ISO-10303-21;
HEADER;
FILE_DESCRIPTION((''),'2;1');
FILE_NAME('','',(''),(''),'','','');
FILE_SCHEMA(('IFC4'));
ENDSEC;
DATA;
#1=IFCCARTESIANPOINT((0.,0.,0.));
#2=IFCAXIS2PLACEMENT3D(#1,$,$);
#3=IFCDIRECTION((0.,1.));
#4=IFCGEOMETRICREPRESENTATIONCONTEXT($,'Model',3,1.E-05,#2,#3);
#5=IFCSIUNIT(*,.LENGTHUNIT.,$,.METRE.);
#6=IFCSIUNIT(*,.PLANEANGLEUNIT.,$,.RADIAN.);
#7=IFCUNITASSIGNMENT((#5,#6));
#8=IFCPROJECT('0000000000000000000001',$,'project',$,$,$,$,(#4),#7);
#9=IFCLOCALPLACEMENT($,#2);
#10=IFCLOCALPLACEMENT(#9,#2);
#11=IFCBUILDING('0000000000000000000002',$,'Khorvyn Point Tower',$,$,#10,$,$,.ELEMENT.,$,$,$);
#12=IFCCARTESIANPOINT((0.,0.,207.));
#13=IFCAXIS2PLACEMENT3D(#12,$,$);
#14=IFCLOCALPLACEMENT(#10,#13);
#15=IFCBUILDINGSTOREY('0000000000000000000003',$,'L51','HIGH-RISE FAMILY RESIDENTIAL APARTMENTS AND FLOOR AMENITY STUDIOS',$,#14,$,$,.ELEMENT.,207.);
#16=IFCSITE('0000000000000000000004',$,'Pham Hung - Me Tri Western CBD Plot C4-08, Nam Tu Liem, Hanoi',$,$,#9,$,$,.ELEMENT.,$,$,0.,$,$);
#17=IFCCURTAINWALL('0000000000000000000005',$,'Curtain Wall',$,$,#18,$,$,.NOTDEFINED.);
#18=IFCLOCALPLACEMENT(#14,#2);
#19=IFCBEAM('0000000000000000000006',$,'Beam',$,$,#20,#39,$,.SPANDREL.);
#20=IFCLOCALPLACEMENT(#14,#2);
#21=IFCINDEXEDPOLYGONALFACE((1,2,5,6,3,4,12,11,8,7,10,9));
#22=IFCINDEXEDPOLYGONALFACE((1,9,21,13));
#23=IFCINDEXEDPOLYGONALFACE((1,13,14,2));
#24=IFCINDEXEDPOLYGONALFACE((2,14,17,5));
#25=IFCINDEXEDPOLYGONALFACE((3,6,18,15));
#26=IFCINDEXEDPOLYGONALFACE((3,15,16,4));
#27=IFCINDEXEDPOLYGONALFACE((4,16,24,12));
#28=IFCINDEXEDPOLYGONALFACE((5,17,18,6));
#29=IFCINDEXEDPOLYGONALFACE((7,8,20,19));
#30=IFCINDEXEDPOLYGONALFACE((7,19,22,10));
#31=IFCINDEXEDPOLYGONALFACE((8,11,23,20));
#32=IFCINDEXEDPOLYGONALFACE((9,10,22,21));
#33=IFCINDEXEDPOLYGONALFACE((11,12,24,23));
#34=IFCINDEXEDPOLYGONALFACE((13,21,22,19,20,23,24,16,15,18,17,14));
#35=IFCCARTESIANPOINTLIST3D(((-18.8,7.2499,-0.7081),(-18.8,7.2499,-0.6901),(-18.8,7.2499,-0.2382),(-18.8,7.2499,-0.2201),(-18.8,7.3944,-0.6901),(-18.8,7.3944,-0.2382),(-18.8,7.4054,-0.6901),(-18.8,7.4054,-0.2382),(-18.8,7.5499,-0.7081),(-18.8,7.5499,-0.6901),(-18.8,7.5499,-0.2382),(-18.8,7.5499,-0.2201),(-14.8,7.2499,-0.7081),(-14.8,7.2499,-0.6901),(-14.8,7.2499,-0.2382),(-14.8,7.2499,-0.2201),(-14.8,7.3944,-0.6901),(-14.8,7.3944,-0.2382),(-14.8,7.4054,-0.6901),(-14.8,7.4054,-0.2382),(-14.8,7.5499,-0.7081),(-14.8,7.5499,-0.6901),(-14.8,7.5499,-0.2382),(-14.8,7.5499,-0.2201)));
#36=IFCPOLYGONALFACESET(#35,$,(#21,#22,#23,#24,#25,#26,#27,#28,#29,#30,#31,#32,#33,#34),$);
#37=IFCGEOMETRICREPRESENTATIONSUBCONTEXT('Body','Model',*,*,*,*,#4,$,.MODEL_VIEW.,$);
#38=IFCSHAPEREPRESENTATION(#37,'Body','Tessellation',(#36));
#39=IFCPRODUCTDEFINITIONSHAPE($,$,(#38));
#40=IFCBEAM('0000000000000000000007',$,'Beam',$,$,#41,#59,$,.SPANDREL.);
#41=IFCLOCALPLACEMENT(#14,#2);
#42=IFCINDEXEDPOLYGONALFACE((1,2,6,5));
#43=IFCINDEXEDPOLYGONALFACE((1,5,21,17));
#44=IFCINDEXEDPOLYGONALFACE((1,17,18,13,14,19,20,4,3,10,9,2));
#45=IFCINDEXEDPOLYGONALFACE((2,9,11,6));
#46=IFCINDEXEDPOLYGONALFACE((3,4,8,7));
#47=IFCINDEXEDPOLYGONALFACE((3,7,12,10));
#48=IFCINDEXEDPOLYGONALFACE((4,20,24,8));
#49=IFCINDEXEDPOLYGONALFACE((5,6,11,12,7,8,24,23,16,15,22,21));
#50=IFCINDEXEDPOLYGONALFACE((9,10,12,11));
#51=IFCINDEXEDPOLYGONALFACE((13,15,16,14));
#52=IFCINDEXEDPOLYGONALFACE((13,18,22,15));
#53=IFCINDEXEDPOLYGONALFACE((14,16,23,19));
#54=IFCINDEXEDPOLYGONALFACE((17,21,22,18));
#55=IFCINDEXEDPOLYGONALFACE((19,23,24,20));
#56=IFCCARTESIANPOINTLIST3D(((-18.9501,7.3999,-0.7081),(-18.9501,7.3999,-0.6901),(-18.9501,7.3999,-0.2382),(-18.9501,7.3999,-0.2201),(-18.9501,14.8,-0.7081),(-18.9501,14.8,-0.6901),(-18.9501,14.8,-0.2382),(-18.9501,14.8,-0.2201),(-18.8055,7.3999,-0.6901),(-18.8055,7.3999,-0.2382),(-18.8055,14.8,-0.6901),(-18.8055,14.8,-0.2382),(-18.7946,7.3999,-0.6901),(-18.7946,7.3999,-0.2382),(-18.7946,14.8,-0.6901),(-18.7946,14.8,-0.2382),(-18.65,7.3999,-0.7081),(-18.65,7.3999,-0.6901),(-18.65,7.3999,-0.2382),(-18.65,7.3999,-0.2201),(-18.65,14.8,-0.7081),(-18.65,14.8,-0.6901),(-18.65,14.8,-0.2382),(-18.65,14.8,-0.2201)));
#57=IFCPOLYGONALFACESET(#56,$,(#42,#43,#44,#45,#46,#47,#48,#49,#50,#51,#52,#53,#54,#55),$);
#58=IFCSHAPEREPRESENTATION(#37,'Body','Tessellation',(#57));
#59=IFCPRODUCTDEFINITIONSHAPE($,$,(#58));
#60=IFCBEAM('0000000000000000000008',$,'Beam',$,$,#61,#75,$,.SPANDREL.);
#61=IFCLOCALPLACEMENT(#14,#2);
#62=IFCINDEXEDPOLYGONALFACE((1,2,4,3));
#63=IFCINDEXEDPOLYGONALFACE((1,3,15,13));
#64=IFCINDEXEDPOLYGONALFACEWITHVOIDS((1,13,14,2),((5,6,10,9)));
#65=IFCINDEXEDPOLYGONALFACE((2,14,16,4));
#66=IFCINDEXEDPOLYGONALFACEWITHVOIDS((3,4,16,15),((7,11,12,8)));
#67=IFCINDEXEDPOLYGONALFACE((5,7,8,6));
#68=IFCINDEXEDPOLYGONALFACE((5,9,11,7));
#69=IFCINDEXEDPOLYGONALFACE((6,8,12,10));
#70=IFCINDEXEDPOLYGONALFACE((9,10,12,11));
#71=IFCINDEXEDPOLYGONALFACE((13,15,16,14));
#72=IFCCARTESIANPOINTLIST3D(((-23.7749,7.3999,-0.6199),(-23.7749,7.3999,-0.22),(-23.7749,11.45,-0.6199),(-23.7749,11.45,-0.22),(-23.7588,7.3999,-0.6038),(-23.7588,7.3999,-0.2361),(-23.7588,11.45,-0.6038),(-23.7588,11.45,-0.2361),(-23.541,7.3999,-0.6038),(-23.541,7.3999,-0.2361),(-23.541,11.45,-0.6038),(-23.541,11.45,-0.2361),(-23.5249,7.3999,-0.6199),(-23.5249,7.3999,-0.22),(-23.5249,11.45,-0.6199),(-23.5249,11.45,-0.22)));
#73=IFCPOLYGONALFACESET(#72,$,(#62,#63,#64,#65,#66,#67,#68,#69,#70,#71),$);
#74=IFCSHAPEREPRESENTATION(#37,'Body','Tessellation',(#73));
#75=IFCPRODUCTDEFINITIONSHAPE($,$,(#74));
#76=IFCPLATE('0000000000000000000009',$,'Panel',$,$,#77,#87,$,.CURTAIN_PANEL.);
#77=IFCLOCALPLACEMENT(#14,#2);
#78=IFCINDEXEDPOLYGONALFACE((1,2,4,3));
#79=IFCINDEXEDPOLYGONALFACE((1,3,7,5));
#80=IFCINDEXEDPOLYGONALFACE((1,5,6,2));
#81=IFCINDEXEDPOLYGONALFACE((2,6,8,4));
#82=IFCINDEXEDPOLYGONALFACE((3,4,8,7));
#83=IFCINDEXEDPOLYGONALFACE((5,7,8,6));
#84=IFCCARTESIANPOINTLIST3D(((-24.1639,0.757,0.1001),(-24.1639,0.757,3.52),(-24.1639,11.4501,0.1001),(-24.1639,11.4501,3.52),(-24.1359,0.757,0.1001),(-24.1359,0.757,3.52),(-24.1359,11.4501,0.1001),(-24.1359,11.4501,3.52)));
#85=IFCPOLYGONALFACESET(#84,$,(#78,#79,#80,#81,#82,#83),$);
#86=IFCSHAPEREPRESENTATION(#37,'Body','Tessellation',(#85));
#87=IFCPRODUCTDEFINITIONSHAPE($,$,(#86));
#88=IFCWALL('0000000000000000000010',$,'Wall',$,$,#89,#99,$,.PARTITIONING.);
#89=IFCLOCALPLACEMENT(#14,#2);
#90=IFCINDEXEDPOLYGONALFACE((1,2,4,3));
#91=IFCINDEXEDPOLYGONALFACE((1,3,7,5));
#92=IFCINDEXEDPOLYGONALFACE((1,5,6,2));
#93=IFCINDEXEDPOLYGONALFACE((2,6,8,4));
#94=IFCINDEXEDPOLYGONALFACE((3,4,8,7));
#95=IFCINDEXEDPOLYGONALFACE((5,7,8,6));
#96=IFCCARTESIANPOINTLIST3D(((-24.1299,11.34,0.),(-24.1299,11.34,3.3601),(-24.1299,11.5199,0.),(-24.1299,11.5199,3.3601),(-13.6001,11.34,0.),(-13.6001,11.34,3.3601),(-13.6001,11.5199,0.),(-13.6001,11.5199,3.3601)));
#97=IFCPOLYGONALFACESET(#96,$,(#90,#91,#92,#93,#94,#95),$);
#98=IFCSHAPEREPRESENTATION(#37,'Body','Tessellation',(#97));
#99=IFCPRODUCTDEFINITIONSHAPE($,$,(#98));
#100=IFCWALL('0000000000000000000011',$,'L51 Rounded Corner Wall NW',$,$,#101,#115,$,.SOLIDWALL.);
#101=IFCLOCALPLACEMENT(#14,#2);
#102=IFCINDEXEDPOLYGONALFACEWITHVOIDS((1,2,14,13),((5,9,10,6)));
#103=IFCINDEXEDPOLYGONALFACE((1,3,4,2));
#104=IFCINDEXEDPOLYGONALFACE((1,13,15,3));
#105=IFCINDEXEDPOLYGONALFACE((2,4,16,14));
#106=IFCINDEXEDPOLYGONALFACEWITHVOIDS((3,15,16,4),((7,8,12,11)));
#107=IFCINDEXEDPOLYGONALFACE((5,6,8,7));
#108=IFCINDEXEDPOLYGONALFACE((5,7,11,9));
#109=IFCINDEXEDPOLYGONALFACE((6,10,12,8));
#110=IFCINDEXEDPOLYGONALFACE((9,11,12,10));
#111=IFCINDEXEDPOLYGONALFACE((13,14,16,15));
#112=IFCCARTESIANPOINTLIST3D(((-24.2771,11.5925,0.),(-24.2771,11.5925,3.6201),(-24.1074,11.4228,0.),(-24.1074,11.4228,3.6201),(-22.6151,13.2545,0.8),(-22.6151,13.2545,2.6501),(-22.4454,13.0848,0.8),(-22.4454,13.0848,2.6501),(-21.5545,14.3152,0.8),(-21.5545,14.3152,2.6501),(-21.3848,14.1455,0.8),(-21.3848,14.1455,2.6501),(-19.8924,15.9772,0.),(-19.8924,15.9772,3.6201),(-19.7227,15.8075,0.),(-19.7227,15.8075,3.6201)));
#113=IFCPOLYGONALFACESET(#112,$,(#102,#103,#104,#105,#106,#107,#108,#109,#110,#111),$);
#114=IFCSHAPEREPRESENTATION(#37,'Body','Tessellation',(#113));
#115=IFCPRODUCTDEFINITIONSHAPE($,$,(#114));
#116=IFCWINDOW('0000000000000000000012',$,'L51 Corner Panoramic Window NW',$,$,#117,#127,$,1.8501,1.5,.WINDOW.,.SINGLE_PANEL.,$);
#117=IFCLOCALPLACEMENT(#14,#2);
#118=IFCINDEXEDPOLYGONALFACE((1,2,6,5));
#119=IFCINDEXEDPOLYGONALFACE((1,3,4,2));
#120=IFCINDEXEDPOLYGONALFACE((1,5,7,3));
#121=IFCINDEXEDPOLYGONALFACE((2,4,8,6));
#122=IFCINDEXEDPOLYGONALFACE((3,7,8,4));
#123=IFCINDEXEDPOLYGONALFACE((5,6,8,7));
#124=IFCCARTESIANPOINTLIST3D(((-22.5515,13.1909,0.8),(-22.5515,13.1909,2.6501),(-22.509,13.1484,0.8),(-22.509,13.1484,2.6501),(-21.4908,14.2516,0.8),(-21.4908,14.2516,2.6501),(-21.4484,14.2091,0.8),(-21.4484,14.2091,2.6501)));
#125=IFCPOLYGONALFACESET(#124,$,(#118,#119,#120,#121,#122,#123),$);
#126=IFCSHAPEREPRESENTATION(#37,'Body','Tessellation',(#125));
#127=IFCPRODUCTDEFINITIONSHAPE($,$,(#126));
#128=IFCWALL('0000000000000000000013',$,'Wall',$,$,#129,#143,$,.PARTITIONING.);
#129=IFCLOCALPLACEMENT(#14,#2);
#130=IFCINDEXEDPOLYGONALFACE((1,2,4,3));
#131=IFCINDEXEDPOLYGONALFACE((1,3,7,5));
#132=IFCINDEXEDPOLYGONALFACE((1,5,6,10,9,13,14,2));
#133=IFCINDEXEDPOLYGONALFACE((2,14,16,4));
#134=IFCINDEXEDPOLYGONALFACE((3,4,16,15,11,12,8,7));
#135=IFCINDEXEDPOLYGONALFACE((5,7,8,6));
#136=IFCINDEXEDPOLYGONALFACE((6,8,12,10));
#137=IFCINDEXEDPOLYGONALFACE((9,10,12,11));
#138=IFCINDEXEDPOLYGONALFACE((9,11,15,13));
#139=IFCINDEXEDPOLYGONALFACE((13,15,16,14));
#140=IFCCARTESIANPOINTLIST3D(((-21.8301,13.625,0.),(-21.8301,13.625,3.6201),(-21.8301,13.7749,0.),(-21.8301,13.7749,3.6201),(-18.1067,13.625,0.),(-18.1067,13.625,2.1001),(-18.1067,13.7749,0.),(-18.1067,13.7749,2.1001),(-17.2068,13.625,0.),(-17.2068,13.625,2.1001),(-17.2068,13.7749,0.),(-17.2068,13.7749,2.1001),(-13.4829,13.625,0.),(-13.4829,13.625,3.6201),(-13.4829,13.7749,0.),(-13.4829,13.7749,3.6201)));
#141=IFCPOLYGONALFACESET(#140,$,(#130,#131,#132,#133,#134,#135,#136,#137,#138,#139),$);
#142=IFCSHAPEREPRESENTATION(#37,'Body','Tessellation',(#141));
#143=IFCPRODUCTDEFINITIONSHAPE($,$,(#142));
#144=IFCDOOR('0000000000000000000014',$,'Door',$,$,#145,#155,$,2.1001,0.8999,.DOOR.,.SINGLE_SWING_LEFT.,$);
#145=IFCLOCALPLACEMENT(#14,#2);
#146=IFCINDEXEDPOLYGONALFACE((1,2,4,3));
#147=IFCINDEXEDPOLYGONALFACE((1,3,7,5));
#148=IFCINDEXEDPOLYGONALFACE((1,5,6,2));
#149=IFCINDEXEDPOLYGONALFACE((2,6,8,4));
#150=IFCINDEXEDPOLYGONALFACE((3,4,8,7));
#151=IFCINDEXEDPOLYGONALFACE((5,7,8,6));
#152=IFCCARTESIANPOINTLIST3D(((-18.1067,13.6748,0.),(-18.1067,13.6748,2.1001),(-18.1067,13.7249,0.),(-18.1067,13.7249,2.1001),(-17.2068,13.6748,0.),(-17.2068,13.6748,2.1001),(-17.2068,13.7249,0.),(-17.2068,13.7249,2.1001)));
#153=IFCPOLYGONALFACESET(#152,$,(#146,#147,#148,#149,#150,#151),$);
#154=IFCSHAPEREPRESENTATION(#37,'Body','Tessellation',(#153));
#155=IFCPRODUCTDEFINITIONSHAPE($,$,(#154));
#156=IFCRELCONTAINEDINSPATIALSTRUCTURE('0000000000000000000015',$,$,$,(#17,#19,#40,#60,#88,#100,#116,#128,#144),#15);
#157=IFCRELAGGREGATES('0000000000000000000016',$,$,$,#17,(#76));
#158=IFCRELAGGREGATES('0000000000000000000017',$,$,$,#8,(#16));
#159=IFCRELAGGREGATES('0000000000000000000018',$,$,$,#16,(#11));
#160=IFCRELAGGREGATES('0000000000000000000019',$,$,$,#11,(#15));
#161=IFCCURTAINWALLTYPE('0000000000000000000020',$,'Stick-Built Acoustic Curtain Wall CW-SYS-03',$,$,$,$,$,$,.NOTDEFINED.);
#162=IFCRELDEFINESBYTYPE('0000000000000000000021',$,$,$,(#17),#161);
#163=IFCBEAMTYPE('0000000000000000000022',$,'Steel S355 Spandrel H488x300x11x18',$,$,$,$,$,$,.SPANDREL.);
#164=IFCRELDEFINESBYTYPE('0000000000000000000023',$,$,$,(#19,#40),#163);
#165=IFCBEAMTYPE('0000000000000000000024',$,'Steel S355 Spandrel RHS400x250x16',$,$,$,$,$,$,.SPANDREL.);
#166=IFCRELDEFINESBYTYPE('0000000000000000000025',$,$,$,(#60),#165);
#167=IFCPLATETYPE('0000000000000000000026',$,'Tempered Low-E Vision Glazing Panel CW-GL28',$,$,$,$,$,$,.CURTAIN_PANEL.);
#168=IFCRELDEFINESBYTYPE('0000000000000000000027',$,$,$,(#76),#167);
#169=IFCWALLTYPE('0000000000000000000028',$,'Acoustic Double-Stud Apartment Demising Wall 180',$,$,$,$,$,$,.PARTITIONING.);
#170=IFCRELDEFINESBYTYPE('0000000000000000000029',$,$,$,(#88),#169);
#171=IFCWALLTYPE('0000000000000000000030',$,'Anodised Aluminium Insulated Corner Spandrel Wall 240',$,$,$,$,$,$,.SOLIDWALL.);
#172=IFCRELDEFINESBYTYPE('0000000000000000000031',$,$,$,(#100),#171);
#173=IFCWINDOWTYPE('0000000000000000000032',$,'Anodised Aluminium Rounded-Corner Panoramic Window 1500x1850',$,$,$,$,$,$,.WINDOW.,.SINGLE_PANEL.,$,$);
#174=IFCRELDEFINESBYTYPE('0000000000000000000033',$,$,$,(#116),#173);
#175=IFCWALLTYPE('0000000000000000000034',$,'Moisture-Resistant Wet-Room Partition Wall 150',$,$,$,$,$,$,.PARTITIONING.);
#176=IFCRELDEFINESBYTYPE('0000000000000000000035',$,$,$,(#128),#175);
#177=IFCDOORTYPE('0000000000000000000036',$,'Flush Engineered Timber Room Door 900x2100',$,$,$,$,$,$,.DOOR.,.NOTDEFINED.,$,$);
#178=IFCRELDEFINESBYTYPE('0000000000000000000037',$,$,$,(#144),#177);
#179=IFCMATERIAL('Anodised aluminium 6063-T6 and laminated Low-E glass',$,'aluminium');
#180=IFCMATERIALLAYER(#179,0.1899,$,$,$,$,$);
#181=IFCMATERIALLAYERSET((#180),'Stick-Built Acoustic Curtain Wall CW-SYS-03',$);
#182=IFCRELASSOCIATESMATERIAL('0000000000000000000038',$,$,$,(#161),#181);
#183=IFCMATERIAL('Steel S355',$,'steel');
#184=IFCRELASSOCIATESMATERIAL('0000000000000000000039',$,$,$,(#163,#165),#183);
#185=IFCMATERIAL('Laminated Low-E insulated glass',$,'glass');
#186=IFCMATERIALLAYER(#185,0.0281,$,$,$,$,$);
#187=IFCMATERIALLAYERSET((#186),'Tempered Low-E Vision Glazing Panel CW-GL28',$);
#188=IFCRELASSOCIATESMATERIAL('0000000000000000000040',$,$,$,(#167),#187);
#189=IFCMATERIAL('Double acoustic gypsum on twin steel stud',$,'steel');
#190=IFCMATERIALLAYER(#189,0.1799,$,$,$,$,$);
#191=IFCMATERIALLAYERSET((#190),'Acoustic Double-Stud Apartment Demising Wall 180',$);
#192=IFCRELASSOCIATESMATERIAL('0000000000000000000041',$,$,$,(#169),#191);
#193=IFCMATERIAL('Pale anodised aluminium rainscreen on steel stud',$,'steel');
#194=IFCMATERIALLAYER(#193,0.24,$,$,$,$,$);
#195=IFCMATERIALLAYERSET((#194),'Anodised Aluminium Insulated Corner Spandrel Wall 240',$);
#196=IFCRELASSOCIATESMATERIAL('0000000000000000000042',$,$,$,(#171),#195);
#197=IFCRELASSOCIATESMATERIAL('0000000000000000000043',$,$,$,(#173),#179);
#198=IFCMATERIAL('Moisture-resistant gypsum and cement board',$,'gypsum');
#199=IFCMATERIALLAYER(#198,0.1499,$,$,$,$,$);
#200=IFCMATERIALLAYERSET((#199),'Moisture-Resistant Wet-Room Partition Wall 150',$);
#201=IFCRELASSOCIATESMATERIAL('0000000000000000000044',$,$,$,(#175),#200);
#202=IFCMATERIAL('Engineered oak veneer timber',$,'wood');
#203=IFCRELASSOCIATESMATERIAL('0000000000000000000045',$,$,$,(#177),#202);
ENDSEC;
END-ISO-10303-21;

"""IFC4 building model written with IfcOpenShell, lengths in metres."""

from ifc_helpers import new_model, si_unit, direction, frame, frame_2d, origin, origin_2d, place, context, subcontext, project, spatial, rectangle, hollow_rectangle, i_section, extrude, material, layer, layer_set, material_profile, profile_set, type_object, element, fill, aggregate, save


model = new_model("IFC4")

# Units and contexts
model_context = context("Model", 3, precision=1e-05, world=origin(), true_north=direction((0.0, 1.0)))
body_context = subcontext(model_context, "Body", "Model", "MODEL_VIEW")
ifc_project = project(units=[si_unit("LENGTHUNIT", "METRE"), si_unit("PLANEANGLEUNIT", "RADIAN")], contexts=[model_context])

# Site, building, storey
site_placement = place(None, origin())
site = spatial("IfcSite", under=ifc_project, at=site_placement, Name="Pham Hung - Me Tri Western CBD Plot C4-08, Nam Tu Liem, Hanoi", CompositionType="ELEMENT", RefElevation=0.0)
building_placement = place(site_placement, origin())
building = spatial("IfcBuilding", under=site, at=building_placement, Name="Khorvyn Point Tower", CompositionType="ELEMENT")
storey_placement = place(building_placement, frame((0.0, 0.0, 207.0)))
storey = spatial("IfcBuildingStorey", under=building, at=storey_placement, Name="L51", Description="HIGH-RISE FAMILY RESIDENTIAL APARTMENTS AND FLOOR AMENITY STUDIOS", CompositionType="ELEMENT", Elevation=207.0)

# Curtain wall
ifc_material_1 = material(Name="Anodised aluminium 6063-T6 and laminated Low-E glass", Category="aluminium")
ifc_layer_1 = layer(ifc_material_1, 0.1899)
ifc_layer_set_1 = layer_set([ifc_layer_1], Name="Stick-Built Acoustic Curtain Wall CW-SYS-03")
curtain_wall_type = type_object("IfcCurtainWallType", Name="Stick-Built Acoustic Curtain Wall CW-SYS-03", PredefinedType="NOTDEFINED", material=ifc_layer_set_1)
curtain_wall_1_placement = place(storey_placement, origin())
curtain_wall_1 = element("IfcCurtainWall", 1, at=curtain_wall_1_placement, inside=storey, type_object=curtain_wall_type, Name="Curtain Wall", PredefinedType="NOTDEFINED")

# Beams
ifc_material_2 = material(Name="Steel S355", Category="steel")
ifc_material_profile_1 = material_profile(ifc_material_2, i_section(OverallWidth=0.3, OverallDepth=0.488, WebThickness=0.011, FlangeThickness=0.0181, at=origin_2d()))
ifc_profile_set_1 = profile_set([ifc_material_profile_1], Name="Steel S355 H488x300x11x18")
beam_type_1 = type_object("IfcBeamType", Name="Steel S355 Spandrel H488x300x11x18", PredefinedType="SPANDREL", material=ifc_profile_set_1)
beam_1_placement = place(storey_placement, frame((-18.8, 7.3999, -0.4641), z_axis=(1.0, 0.0, 0.0), x_axis=(0.0, 1.0, 0.0)))
element("IfcBeam", 2, at=beam_1_placement, inside=storey, type_object=beam_type_1, Name="Beam", PredefinedType="SPANDREL", context=body_context, shape_type="SweptSolid", body=[
    extrude(i_section(OverallWidth=0.3, OverallDepth=0.488, WebThickness=0.011, FlangeThickness=0.0181, at=origin_2d()), origin(), (0.0, 0.0, 1.0), 4.0),
])
beam_2_placement = place(storey_placement, frame((-18.8, 7.3999, -0.4641), z_axis=(0.0, 1.0, 0.0), x_axis=(-1.0, 0.0, 0.0)))
element("IfcBeam", 3, at=beam_2_placement, inside=storey, type_object=beam_type_1, Name="Beam", PredefinedType="SPANDREL", context=body_context, shape_type="SweptSolid", body=[
    extrude(i_section(OverallWidth=0.3, OverallDepth=0.488, WebThickness=0.011, FlangeThickness=0.0181, at=origin_2d()), origin(), (0.0, 0.0, 1.0), 7.4001),
])
ifc_material_profile_2 = material_profile(ifc_material_2, hollow_rectangle(XDim=0.25, YDim=0.3999, WallThickness=0.0161, at=origin_2d()))
ifc_profile_set_2 = profile_set([ifc_material_profile_2], Name="Steel S355 RHS400x250x16")
beam_type_2 = type_object("IfcBeamType", Name="Steel S355 Spandrel RHS400x250x16", PredefinedType="SPANDREL", material=ifc_profile_set_2)
beam_3_placement = place(storey_placement, frame((-23.6499, 7.3999, -0.4199), z_axis=(0.0, 1.0, 0.0), x_axis=(-1.0, 0.0, 0.0)))
element("IfcBeam", 4, at=beam_3_placement, inside=storey, type_object=beam_type_2, Name="Beam", PredefinedType="SPANDREL", context=body_context, shape_type="SweptSolid", body=[
    extrude(hollow_rectangle(XDim=0.25, YDim=0.3999, WallThickness=0.0161, at=origin_2d()), origin(), (0.0, 0.0, 1.0), 4.05),
])

# Plate
ifc_material_3 = material(Name="Laminated Low-E insulated glass", Category="glass")
ifc_layer_2 = layer(ifc_material_3, 0.0281)
ifc_layer_set_2 = layer_set([ifc_layer_2], Name="Tempered Low-E Vision Glazing Panel CW-GL28")
plate_type = type_object("IfcPlateType", Name="Tempered Low-E Vision Glazing Panel CW-GL28", PredefinedType="CURTAIN_PANEL", material=ifc_layer_set_2)
plate_placement = place(storey_placement, frame((-24.1499, 6.1035, 0.1001), z_axis=(0.0, 0.0, 1.0), x_axis=(0.0, 1.0, 0.0)))
plate = element("IfcPlate", 5, at=plate_placement, type_object=plate_type, Name="Panel", PredefinedType="CURTAIN_PANEL", context=body_context, shape_type="SweptSolid", body=[
    extrude(rectangle(XDim=10.6931, YDim=0.0281, at=origin_2d()), origin(), (0.0, 0.0, 1.0), 3.4199),
])
aggregate(curtain_wall_1, [plate])

# Wall
ifc_material_4 = material(Name="Double acoustic gypsum on twin steel stud", Category="steel")
ifc_layer_3 = layer(ifc_material_4, 0.1799)
ifc_layer_set_3 = layer_set([ifc_layer_3], Name="Acoustic Double-Stud Apartment Demising Wall 180")
wall_type_1 = type_object("IfcWallType", Name="Acoustic Double-Stud Apartment Demising Wall 180", PredefinedType="PARTITIONING", material=ifc_layer_set_3)
wall_1_placement = place(storey_placement, frame((-24.1299, 11.4299, 0.0), z_axis=(0.0, 0.0, 1.0), x_axis=(1.0, 0.0, 0.0)))
element("IfcWall", 6, at=wall_1_placement, inside=storey, type_object=wall_type_1, Name="Wall", PredefinedType="PARTITIONING", context=body_context, shape_type="SweptSolid", body=[
    extrude(rectangle(XDim=10.5298, YDim=0.1799, at=frame_2d((5.2649, 0.0))), origin(), (0.0, 0.0, 1.0), 3.3601),
])

# Wall, opening, window
ifc_material_5 = material(Name="Pale anodised aluminium rainscreen on steel stud", Category="steel")
ifc_layer_4 = layer(ifc_material_5, 0.24)
ifc_layer_set_4 = layer_set([ifc_layer_4], Name="Anodised Aluminium Insulated Corner Spandrel Wall 240")
wall_type_2 = type_object("IfcWallType", Name="Anodised Aluminium Insulated Corner Spandrel Wall 240", PredefinedType="SOLIDWALL", material=ifc_layer_set_4)
wall_2_placement = place(storey_placement, frame((-24.1924, 11.5076, 0.0), z_axis=(0.0, 0.0, 1.0), x_axis=(0.707107, 0.707107, 0.0)))
wall_2 = element("IfcWall", 7, at=wall_2_placement, inside=storey, type_object=wall_type_2, Name="L51 Rounded Corner Wall NW", PredefinedType="SOLIDWALL", context=body_context, shape_type="SweptSolid", body=[
    extrude(rectangle(XDim=6.2009, YDim=0.24, at=frame_2d((3.1006, 0.0))), origin(), (0.0, 0.0, 1.0), 3.6201),
])
opening_1_placement = place(wall_2_placement, frame((2.3506, 0.0, 0.8)))
opening_1 = element("IfcOpeningElement", 8, at=opening_1_placement, cuts=wall_2, PredefinedType="OPENING", context=body_context, shape_type="SweptSolid", body=[
    extrude(rectangle(XDim=1.5, YDim=1.8501, at=frame_2d((0.75, 0.925))), frame((0.0, 0.1299, 0.0), z_axis=(0.0, -1.0, 0.0), x_axis=(1.0, 0.0, 0.0)), (0.0, 0.0, 1.0), 0.26),
])
window_type = type_object("IfcWindowType", Name="Anodised Aluminium Rounded-Corner Panoramic Window 1500x1850", PartitioningType="SINGLE_PANEL", PredefinedType="WINDOW", material=ifc_material_1)
window_placement = place(opening_1_placement, origin())
window = element("IfcWindow", 9, at=window_placement, inside=storey, type_object=window_type, Name="L51 Corner Panoramic Window NW", OverallHeight=1.8501, OverallWidth=1.5, PartitioningType="SINGLE_PANEL", PredefinedType="WINDOW", context=body_context, shape_type="SweptSolid", body=[
    extrude(rectangle(XDim=1.5, YDim=1.8501, at=frame_2d((0.75, 0.925))), frame((0.0, 0.03, 0.0), z_axis=(0.0, -1.0, 0.0), x_axis=(1.0, 0.0, 0.0)), (0.0, 0.0, 1.0), 0.0601),
])
fill(opening_1, window)

# Wall, opening, door
ifc_material_6 = material(Name="Moisture-resistant gypsum and cement board", Category="gypsum")
ifc_layer_5 = layer(ifc_material_6, 0.1499)
ifc_layer_set_5 = layer_set([ifc_layer_5], Name="Moisture-Resistant Wet-Room Partition Wall 150")
wall_type_3 = type_object("IfcWallType", Name="Moisture-Resistant Wet-Room Partition Wall 150", PredefinedType="PARTITIONING", material=ifc_layer_set_5)
wall_3_placement = place(storey_placement, frame((-21.8301, 13.7, 0.0), z_axis=(0.0, 0.0, 1.0), x_axis=(1.0, 0.0, 0.0)))
wall_3 = element("IfcWall", 10, at=wall_3_placement, inside=storey, type_object=wall_type_3, Name="Wall", PredefinedType="PARTITIONING", context=body_context, shape_type="SweptSolid", body=[
    extrude(rectangle(XDim=8.3472, YDim=0.1499, at=frame_2d((4.1736, 0.0))), origin(), (0.0, 0.0, 1.0), 3.6201),
])
opening_2_placement = place(wall_3_placement, frame((3.7234, 0.0, 0.0)))
opening_2 = element("IfcOpeningElement", 11, at=opening_2_placement, cuts=wall_3, PredefinedType="OPENING", context=body_context, shape_type="SweptSolid", body=[
    extrude(rectangle(XDim=0.8999, YDim=2.1001, at=frame_2d((0.45, 1.05))), frame((0.0, 0.085, 0.0), z_axis=(0.0, -1.0, 0.0), x_axis=(1.0, 0.0, 0.0)), (0.0, 0.0, 1.0), 0.1699),
])
ifc_material_7 = material(Name="Engineered oak veneer timber", Category="wood")
door_type_1 = type_object("IfcDoorType", Name="Flush Engineered Timber Room Door 900x2100", OperationType="NOTDEFINED", PredefinedType="DOOR", material=ifc_material_7)
door_1_placement = place(opening_2_placement, origin())
door_1 = element("IfcDoor", 12, at=door_1_placement, inside=storey, type_object=door_type_1, Name="Door", OperationType="SINGLE_SWING_LEFT", OverallHeight=2.1001, OverallWidth=0.8999, PredefinedType="DOOR", context=body_context, shape_type="SweptSolid", body=[
    extrude(rectangle(XDim=0.8999, YDim=2.1001, at=frame_2d((0.45, 1.05))), frame((0.0, 0.0249, 0.0), z_axis=(0.0, -1.0, 0.0), x_axis=(1.0, 0.0, 0.0)), (0.0, 0.0, 1.0), 0.05),
])
fill(opening_2, door_1)

save(model, "model.ifc")
